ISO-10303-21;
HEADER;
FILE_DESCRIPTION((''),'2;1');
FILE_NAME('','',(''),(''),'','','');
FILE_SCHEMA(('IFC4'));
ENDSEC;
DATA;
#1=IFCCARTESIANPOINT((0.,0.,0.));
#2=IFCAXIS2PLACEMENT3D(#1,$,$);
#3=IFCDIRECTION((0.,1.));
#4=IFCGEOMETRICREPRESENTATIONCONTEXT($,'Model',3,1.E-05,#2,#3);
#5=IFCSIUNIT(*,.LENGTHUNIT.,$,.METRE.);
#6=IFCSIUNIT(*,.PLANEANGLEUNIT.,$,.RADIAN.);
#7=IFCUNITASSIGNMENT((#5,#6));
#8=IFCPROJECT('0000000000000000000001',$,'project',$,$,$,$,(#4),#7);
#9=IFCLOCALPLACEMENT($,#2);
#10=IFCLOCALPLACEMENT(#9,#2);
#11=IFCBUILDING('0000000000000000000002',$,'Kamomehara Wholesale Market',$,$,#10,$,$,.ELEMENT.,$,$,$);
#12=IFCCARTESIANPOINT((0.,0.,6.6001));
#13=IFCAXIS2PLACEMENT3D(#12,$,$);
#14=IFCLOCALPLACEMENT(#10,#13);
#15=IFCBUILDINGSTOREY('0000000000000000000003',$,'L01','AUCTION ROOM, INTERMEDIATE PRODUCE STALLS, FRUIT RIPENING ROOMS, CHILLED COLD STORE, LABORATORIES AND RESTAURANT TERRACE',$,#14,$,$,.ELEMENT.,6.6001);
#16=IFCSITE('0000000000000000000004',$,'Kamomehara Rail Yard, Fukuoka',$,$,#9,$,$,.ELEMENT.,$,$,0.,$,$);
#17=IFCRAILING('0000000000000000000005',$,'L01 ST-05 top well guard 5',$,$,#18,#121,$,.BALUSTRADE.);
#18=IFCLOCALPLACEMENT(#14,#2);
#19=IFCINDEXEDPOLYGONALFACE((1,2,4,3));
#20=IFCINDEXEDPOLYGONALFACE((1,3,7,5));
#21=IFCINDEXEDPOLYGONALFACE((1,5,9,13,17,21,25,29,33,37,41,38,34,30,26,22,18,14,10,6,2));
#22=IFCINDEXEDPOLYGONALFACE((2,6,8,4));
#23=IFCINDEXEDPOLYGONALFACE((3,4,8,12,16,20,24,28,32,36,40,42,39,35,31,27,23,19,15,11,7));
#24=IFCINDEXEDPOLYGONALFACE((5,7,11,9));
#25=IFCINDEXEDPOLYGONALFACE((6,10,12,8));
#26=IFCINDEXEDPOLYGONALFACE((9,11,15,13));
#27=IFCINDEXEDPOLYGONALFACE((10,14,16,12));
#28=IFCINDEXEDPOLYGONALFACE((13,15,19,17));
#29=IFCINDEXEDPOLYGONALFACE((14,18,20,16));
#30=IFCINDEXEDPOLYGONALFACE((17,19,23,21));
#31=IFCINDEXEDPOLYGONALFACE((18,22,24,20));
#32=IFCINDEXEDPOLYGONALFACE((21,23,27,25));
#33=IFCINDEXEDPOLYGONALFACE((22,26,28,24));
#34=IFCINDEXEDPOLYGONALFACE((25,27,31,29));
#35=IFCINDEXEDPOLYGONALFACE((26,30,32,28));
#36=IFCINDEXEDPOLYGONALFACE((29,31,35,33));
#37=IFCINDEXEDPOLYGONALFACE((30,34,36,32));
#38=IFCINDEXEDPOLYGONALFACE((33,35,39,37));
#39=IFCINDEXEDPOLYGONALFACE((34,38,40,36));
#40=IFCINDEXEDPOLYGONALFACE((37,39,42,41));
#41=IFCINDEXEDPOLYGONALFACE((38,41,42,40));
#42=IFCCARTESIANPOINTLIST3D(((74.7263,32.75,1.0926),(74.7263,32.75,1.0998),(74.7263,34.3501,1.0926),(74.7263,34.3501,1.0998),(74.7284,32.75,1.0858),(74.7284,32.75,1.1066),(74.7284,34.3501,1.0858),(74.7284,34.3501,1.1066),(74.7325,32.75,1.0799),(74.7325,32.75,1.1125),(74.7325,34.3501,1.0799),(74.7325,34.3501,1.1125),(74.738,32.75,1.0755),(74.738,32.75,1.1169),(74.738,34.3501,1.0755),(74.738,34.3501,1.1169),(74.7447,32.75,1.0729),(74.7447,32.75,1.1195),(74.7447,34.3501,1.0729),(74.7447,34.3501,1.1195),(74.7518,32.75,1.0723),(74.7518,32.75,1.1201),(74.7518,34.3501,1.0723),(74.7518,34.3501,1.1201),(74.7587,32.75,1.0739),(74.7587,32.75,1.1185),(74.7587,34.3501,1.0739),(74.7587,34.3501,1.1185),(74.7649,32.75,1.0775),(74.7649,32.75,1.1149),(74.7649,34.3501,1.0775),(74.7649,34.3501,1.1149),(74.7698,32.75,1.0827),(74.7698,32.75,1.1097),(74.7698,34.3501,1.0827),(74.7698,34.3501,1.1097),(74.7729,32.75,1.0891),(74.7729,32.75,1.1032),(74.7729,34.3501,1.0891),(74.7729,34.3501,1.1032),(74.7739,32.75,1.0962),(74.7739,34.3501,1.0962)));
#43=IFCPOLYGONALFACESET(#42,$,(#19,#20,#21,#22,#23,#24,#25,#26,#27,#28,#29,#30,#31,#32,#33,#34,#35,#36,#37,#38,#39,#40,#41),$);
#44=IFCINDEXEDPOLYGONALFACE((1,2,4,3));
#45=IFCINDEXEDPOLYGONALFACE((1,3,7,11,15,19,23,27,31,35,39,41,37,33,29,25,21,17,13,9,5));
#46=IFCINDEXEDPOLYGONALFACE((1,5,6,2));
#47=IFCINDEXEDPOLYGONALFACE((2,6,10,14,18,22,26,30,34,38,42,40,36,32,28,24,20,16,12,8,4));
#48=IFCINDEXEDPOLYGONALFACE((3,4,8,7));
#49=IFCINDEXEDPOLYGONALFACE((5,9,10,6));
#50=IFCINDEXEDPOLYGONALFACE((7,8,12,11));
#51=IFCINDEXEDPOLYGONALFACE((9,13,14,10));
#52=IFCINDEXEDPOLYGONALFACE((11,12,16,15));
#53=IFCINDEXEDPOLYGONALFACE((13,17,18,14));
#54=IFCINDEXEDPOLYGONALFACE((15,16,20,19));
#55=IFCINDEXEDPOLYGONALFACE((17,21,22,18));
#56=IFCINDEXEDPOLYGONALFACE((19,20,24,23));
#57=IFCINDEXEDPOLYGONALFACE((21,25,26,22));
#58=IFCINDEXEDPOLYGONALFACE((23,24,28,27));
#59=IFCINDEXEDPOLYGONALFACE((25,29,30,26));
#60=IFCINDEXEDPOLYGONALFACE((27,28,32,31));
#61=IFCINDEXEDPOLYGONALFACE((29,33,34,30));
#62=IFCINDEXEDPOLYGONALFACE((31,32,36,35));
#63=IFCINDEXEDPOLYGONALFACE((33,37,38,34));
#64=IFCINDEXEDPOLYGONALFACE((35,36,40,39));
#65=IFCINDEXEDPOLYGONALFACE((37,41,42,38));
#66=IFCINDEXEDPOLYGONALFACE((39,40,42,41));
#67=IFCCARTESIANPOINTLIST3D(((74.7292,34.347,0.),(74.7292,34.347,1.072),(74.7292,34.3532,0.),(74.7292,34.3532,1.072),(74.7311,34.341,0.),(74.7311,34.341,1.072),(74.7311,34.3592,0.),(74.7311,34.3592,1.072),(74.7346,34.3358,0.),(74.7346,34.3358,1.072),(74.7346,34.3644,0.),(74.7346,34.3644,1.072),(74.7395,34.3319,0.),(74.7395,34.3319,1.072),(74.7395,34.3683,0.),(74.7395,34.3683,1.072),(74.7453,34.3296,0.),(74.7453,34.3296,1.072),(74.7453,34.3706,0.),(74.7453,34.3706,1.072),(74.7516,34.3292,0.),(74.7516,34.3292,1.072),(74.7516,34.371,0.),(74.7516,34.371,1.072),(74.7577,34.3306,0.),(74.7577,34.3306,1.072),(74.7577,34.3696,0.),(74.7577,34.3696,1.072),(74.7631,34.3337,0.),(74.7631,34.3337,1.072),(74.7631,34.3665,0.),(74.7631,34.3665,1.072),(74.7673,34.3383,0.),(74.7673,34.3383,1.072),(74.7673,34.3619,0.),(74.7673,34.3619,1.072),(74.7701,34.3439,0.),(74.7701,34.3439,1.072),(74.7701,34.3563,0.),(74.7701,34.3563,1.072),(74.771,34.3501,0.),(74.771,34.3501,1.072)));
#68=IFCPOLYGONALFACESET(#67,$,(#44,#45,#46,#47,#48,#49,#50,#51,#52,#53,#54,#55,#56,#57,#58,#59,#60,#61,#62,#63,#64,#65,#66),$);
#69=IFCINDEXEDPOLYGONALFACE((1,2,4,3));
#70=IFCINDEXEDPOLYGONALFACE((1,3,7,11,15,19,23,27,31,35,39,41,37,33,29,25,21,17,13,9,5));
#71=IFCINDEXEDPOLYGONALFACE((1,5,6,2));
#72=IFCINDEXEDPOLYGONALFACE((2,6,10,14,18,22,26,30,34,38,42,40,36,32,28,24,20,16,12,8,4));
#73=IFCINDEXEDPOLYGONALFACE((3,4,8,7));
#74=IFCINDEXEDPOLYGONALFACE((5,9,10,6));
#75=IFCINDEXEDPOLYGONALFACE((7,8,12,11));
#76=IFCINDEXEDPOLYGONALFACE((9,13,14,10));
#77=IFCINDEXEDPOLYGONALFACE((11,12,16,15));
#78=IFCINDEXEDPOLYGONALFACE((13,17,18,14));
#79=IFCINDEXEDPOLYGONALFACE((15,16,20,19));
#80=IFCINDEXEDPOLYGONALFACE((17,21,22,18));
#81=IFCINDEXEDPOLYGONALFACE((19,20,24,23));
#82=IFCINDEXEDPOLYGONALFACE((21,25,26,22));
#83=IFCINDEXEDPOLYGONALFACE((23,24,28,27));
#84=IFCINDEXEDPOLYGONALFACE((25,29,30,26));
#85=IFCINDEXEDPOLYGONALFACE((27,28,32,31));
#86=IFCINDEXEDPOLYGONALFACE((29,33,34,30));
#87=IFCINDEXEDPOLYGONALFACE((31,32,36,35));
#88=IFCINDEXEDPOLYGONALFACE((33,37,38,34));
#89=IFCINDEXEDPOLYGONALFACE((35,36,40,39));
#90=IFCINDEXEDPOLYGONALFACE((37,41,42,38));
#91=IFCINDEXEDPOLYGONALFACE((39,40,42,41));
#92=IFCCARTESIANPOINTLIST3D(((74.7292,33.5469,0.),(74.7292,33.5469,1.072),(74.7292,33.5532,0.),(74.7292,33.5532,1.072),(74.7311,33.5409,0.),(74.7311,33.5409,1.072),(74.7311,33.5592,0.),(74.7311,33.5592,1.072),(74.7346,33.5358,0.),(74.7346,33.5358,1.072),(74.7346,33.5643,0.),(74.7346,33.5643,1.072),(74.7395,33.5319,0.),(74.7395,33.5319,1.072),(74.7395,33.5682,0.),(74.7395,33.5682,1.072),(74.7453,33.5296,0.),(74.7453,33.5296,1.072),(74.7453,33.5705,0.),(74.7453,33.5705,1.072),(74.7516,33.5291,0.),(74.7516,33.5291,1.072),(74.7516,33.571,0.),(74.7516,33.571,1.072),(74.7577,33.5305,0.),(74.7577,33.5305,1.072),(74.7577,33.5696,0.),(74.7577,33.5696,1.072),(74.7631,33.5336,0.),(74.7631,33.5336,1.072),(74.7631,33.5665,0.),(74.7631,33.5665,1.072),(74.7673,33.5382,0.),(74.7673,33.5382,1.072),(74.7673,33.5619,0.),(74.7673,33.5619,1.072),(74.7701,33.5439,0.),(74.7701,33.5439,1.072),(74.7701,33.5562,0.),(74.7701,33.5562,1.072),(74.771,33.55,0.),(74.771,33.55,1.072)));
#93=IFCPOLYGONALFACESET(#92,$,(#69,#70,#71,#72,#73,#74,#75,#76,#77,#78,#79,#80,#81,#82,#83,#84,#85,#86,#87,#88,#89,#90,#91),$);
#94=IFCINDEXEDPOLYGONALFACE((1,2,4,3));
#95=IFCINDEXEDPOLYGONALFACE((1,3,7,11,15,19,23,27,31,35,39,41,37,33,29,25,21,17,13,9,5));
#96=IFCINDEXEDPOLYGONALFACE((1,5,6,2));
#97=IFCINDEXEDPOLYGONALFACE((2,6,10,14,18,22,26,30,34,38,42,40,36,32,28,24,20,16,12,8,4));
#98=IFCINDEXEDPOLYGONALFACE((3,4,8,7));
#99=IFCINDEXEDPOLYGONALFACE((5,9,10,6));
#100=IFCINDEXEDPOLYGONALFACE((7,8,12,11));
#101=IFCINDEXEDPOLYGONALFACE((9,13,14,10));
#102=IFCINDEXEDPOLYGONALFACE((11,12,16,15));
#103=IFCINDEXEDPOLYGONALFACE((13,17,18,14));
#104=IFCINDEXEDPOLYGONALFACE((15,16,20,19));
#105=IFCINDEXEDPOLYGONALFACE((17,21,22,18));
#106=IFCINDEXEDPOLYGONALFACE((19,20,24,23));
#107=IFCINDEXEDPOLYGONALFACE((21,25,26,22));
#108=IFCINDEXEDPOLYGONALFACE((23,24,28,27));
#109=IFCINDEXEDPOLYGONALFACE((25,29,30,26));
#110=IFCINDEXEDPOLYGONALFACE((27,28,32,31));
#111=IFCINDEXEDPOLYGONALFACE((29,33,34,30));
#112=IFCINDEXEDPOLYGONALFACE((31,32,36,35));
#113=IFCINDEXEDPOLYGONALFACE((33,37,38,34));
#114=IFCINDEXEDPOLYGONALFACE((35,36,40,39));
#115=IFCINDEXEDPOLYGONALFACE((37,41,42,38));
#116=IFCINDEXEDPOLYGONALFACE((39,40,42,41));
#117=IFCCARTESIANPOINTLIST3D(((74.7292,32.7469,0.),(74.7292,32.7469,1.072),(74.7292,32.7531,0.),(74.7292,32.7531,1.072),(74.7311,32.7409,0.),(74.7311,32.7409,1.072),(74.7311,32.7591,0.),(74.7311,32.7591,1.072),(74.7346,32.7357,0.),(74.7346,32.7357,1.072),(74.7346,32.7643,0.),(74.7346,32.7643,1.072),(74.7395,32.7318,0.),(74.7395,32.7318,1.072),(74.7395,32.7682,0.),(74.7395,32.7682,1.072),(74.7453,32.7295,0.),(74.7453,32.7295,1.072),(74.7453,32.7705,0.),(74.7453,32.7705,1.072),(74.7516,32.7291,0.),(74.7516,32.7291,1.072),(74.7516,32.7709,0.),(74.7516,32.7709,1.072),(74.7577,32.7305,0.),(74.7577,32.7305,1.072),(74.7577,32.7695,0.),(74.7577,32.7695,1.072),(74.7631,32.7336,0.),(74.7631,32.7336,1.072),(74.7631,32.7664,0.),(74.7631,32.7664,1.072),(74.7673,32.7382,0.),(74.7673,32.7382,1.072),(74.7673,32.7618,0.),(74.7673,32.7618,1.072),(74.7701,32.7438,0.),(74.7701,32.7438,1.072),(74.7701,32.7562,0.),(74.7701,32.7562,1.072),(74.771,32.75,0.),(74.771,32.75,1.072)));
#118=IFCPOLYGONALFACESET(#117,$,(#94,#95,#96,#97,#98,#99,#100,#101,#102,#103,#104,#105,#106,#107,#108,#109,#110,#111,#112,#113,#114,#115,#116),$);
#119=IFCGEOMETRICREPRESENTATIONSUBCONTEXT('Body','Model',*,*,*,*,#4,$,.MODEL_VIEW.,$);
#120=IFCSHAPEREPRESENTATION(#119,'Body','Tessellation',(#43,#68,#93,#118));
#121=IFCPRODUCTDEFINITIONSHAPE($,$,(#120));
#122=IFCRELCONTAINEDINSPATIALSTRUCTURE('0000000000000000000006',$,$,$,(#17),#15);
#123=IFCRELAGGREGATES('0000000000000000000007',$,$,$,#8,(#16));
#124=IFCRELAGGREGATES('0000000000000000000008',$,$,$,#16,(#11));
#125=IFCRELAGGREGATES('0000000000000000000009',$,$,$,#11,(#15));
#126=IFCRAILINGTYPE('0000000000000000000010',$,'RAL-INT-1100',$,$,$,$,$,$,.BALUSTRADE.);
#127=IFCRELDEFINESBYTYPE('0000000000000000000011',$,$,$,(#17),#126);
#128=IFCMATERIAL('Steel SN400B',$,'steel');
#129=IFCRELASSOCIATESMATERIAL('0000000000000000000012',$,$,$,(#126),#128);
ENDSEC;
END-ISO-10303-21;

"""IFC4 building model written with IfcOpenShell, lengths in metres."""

from ifc_helpers import new_model, si_unit, direction, frame, origin, origin_2d, place, context, subcontext, project, spatial, circle, extrude, material, type_object, element, save


model = new_model("IFC4")

# Units and contexts
model_context = context("Model", 3, precision=1e-05, world=origin(), true_north=direction((0.0, 1.0)))
body_context = subcontext(model_context, "Body", "Model", "MODEL_VIEW")
ifc_project = project(units=[si_unit("LENGTHUNIT", "METRE"), si_unit("PLANEANGLEUNIT", "RADIAN")], contexts=[model_context])

# Site, building, storey
site_placement = place(None, origin())
site = spatial("IfcSite", under=ifc_project, at=site_placement, Name="Kamomehara Rail Yard, Fukuoka", CompositionType="ELEMENT", RefElevation=0.0)
building_placement = place(site_placement, origin())
building = spatial("IfcBuilding", under=site, at=building_placement, Name="Kamomehara Wholesale Market", CompositionType="ELEMENT")
storey_placement = place(building_placement, frame((0.0, 0.0, 6.6001)))
storey = spatial("IfcBuildingStorey", under=building, at=storey_placement, Name="L01", Description="AUCTION ROOM, INTERMEDIATE PRODUCE STALLS, FRUIT RIPENING ROOMS, CHILLED COLD STORE, LABORATORIES AND RESTAURANT TERRACE", CompositionType="ELEMENT", Elevation=6.6001)

# Railing
ifc_material_1 = material(Name="Steel SN400B", Category="steel")
railing_type = type_object("IfcRailingType", Name="RAL-INT-1100", PredefinedType="BALUSTRADE", material=ifc_material_1)
railing_1_placement = place(storey_placement, frame((74.75, 34.3501, 0.0)))
element("IfcRailing", 1, at=railing_1_placement, inside=storey, type_object=railing_type, Name="L01 ST-05 top well guard 5", PredefinedType="BALUSTRADE", context=body_context, shape_type="SweptSolid", body=[
    extrude(circle(Radius=0.0239, at=origin_2d()), frame((0.0, 0.0, 1.0962), z_axis=(0.0, -1.0, 0.0), x_axis=(1.0, 0.0, 0.0)), (0.0, 0.0, 1.0), 1.6001),
    extrude(circle(Radius=0.021, at=origin_2d()), origin(), (0.0, 0.0, 1.0), 1.072),
    extrude(circle(Radius=0.021, at=origin_2d()), frame((0.0, -0.8, 0.0)), (0.0, 0.0, 1.0), 1.072),
    extrude(circle(Radius=0.021, at=origin_2d()), frame((0.0, -1.6001, 0.0)), (0.0, 0.0, 1.0), 1.072),
])

save(model, "model.ifc")
